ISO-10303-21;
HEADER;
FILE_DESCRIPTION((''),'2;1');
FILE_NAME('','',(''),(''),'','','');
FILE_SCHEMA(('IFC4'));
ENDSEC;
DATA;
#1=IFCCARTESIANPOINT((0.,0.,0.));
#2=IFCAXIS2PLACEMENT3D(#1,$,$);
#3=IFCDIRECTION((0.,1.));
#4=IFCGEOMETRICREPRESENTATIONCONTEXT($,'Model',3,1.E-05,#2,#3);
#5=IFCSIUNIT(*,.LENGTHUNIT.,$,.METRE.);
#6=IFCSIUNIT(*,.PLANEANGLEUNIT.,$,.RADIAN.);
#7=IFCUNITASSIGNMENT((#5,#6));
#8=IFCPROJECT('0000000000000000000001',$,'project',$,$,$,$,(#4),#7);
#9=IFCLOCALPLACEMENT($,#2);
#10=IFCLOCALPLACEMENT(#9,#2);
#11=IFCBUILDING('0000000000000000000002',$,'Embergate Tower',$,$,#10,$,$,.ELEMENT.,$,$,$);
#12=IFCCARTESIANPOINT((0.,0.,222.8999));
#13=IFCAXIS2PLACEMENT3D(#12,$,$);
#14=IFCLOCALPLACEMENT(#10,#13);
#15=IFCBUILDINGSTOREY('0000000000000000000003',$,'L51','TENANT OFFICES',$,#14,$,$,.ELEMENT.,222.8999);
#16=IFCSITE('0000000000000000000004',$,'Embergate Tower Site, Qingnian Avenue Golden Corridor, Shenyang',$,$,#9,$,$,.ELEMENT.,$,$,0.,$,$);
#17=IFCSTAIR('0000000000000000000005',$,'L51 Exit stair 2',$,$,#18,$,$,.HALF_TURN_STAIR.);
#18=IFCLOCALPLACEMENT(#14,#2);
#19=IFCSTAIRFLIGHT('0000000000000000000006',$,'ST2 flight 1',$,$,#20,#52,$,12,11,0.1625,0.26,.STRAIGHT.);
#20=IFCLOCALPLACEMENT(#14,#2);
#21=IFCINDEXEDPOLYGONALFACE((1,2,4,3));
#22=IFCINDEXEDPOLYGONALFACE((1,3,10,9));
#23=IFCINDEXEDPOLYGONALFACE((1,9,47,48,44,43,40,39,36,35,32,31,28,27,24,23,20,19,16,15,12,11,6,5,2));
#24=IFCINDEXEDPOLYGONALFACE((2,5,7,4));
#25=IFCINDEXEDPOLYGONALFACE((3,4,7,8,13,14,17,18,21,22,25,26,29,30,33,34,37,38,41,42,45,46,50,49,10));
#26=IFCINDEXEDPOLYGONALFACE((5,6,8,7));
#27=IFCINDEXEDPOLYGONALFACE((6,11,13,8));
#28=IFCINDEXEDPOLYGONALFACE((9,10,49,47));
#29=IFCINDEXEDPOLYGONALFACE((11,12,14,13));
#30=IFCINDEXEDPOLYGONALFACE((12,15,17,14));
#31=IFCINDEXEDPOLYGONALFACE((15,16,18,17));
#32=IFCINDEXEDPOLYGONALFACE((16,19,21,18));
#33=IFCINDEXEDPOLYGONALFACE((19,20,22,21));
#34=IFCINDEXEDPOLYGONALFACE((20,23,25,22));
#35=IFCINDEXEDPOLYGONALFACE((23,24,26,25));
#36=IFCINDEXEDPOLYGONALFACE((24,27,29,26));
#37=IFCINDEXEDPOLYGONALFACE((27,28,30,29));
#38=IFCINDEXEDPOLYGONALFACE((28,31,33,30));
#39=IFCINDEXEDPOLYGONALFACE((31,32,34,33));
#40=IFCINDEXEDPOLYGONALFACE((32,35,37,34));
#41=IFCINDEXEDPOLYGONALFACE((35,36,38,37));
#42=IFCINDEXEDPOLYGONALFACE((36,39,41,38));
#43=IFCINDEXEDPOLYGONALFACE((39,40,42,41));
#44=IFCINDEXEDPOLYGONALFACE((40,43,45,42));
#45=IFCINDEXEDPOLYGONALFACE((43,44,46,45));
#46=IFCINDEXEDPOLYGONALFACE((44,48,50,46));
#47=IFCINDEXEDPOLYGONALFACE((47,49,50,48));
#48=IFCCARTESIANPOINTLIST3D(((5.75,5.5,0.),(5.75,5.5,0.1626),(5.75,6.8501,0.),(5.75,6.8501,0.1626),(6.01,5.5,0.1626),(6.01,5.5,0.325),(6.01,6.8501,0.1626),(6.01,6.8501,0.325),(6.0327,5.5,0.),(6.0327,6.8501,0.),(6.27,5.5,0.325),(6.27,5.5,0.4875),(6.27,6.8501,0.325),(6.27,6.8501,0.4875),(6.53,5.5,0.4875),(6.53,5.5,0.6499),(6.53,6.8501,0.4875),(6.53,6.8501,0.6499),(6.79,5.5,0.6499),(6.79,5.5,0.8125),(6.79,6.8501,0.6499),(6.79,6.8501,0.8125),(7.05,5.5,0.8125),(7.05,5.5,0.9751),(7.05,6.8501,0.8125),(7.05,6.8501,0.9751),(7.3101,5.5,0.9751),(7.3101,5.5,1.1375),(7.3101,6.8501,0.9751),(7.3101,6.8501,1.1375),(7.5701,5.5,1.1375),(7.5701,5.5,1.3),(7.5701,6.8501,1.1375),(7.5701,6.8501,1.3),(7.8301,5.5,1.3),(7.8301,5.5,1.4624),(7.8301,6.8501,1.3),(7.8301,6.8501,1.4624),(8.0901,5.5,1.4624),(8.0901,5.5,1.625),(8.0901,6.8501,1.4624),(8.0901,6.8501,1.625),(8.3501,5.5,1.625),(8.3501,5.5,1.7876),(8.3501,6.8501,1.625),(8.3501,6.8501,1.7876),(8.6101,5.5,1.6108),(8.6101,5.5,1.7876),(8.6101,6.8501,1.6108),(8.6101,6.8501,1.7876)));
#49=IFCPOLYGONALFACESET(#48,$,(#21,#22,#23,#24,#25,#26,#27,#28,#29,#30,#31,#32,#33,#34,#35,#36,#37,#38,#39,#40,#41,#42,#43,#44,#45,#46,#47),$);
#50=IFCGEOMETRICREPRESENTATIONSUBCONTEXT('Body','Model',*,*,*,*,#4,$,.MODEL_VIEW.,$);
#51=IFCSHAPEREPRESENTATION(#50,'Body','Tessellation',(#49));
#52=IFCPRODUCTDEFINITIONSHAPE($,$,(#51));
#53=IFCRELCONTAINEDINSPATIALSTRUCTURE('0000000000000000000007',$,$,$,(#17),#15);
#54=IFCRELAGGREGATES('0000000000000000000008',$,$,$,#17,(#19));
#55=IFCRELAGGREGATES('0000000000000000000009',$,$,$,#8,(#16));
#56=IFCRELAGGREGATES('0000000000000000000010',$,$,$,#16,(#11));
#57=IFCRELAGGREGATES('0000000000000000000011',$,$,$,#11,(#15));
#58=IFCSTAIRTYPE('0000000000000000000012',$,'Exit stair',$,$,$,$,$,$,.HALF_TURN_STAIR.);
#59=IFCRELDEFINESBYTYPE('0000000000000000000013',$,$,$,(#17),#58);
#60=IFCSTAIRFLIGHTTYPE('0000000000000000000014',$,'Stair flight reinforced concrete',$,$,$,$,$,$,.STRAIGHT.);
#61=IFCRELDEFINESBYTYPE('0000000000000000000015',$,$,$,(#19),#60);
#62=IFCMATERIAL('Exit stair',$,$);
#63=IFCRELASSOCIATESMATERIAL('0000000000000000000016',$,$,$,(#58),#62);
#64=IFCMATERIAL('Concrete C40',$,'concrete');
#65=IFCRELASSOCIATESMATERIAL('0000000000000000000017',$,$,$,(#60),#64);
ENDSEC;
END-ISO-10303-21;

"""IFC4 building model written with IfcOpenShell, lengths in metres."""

from ifc_helpers import new_model, si_unit, direction, frame, origin, place, context, subcontext, project, spatial, polyline, outline, extrude, source, transform, mapped, material, type_object, element, aggregate, save


model = new_model("IFC4")

# Units and contexts
model_context = context("Model", 3, precision=1e-05, world=origin(), true_north=direction((0.0, 1.0)))
body_context = subcontext(model_context, "Body", "Model", "MODEL_VIEW")
ifc_project = project(units=[si_unit("LENGTHUNIT", "METRE"), si_unit("PLANEANGLEUNIT", "RADIAN")], contexts=[model_context])

# Site, building, storey
site_placement = place(None, origin())
site = spatial("IfcSite", under=ifc_project, at=site_placement, Name="Embergate Tower Site, Qingnian Avenue Golden Corridor, Shenyang", CompositionType="ELEMENT", RefElevation=0.0)
building_placement = place(site_placement, origin())
building = spatial("IfcBuilding", under=site, at=building_placement, Name="Embergate Tower", CompositionType="ELEMENT")
storey_placement = place(building_placement, frame((0.0, 0.0, 222.8999)))
storey = spatial("IfcBuildingStorey", under=building, at=storey_placement, Name="L51", Description="TENANT OFFICES", CompositionType="ELEMENT", Elevation=222.8999)

# Stair, stair flight
ifc_material_1 = material(Name="Exit stair")
stair_type = type_object("IfcStairType", Name="Exit stair", PredefinedType="HALF_TURN_STAIR", material=ifc_material_1)
stair_placement = place(storey_placement, origin())
stair = element("IfcStair", 1, at=stair_placement, inside=storey, type_object=stair_type, Name="L51 Exit stair 2", PredefinedType="HALF_TURN_STAIR")
ifc_material_2 = material(Name="Concrete C40", Category="concrete")
stair_flight_type = type_object("IfcStairFlightType", Name="Stair flight reinforced concrete", PredefinedType="STRAIGHT", material=ifc_material_2)
shared_shape_1 = source(origin(), body_context, "Body", "SweptSolid", [
    extrude(outline(polyline([(0.0, 0.0), (0.0, 0.1626), (0.26, 0.1626), (0.26, 0.325), (0.52, 0.325), (0.52, 0.4875), (0.78, 0.4875), (0.78, 0.6499), (1.04, 0.6499), (1.04, 0.8125), (1.3, 0.8125), (1.3, 0.9751), (1.5601, 0.9751), (1.5601, 1.1375), (1.8201, 1.1375), (1.8201, 1.3), (2.0801, 1.3), (2.0801, 1.4624), (2.3401, 1.4624), (2.3401, 1.625), (2.6001, 1.625), (2.6001, 1.7876), (2.8601, 1.7876), (2.8601, 1.95), (2.8601, 1.6108), (0.2827, 0.0), (0.0, 0.0)])), frame((0.0, 0.675, 0.0), z_axis=(0.0, -1.0, 0.0), x_axis=(1.0, 0.0, 0.0)), (0.0, 0.0, 1.0), 1.3501),
])
stair_flight_placement = place(storey_placement, frame((5.75, 6.175, 0.0), z_axis=(0.0, 0.0, 1.0), x_axis=(1.0, 0.0, 0.0)))
stair_flight = element("IfcStairFlight", 2, at=stair_flight_placement, type_object=stair_flight_type, Name="ST2 flight 1", NumberOfRisers=12, NumberOfTreads=11, PredefinedType="STRAIGHT", RiserHeight=0.1625, TreadLength=0.26, context=body_context, shape_type="MappedRepresentation", body=[
    mapped(shared_shape_1, transform((0.0, 0.0, 0.0))),
])
aggregate(stair, [stair_flight])

save(model, "model.ifc")
